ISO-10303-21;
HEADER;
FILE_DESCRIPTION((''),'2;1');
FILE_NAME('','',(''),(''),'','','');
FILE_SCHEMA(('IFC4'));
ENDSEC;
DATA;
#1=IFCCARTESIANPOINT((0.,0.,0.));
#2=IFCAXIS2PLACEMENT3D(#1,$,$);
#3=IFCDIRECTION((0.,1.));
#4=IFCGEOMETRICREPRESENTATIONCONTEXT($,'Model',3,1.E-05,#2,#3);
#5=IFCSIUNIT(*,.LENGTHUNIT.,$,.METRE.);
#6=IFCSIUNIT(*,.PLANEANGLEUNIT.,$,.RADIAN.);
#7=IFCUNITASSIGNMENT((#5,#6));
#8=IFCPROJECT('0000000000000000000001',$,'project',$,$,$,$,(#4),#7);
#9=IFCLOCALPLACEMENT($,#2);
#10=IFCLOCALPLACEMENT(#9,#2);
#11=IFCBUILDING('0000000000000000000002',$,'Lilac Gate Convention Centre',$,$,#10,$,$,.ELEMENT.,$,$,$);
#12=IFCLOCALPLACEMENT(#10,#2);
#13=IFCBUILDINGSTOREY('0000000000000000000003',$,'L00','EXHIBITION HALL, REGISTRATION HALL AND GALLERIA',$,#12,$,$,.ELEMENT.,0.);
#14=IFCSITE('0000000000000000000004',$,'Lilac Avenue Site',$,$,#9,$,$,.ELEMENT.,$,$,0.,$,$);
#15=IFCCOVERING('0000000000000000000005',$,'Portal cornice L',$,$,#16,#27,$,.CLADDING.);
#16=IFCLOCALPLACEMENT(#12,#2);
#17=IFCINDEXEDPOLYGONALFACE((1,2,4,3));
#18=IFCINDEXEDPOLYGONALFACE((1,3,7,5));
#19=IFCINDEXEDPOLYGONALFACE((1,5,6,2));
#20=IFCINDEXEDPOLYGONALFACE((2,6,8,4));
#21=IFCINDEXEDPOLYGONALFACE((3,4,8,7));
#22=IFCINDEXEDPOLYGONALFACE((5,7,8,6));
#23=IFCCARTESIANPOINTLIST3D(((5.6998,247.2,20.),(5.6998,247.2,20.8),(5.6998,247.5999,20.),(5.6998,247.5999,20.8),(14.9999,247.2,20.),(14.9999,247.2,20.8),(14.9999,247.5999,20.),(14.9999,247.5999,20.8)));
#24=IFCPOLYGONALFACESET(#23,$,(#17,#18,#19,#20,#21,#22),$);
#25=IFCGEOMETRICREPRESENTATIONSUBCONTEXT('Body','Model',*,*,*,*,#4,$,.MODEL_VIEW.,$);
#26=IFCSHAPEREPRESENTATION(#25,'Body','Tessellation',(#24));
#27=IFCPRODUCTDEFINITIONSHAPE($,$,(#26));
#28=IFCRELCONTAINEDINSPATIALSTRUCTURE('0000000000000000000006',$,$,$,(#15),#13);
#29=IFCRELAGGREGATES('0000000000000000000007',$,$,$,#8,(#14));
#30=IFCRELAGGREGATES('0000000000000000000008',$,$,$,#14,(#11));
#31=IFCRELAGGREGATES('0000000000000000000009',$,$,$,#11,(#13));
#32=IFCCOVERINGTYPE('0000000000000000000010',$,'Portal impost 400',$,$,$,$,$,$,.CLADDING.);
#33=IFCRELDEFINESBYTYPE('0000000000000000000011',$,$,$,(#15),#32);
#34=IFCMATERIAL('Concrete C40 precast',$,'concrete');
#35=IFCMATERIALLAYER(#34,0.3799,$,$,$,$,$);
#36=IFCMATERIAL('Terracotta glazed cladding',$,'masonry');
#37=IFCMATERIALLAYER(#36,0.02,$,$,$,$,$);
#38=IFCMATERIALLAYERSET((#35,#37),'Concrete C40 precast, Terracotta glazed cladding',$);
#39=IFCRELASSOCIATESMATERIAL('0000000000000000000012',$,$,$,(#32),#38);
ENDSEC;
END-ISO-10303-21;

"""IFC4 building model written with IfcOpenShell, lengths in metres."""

from ifc_helpers import new_model, si_unit, direction, frame, frame_2d, origin, place, context, subcontext, project, spatial, rectangle, extrude, material, layer, layer_set, type_object, element, save


model = new_model("IFC4")

# Units and contexts
model_context = context("Model", 3, precision=1e-05, world=origin(), true_north=direction((0.0, 1.0)))
body_context = subcontext(model_context, "Body", "Model", "MODEL_VIEW")
ifc_project = project(units=[si_unit("LENGTHUNIT", "METRE"), si_unit("PLANEANGLEUNIT", "RADIAN")], contexts=[model_context])

# Site, building, storey
site_placement = place(None, origin())
site = spatial("IfcSite", under=ifc_project, at=site_placement, Name="Lilac Avenue Site", CompositionType="ELEMENT", RefElevation=0.0)
building_placement = place(site_placement, origin())
building = spatial("IfcBuilding", under=site, at=building_placement, Name="Lilac Gate Convention Centre", CompositionType="ELEMENT")
storey_placement = place(building_placement, origin())
storey = spatial("IfcBuildingStorey", under=building, at=storey_placement, Name="L00", Description="EXHIBITION HALL, REGISTRATION HALL AND GALLERIA", CompositionType="ELEMENT", Elevation=0.0)

# Shared definitions
ifc_material_1 = material(Name="Concrete C40 precast", Category="concrete")

# Covering
ifc_layer_1 = layer(ifc_material_1, 0.3799)
ifc_material_2 = material(Name="Terracotta glazed cladding", Category="masonry")
ifc_layer_2 = layer(ifc_material_2, 0.02)
ifc_layer_set_1 = layer_set([ifc_layer_1, ifc_layer_2], Name="Concrete C40 precast, Terracotta glazed cladding")
covering_type_1 = type_object("IfcCoveringType", Name="Portal impost 400", PredefinedType="CLADDING", material=ifc_layer_set_1)
covering_1_placement = place(storey_placement, frame((5.7, 247.3999, 20.0), z_axis=(0.0, 0.0, 1.0), x_axis=(1.0, 0.0, 0.0)))
element("IfcCovering", 1, at=covering_1_placement, inside=storey, type_object=covering_type_1, Name="Portal cornice L", PredefinedType="CLADDING", context=body_context, shape_type="SweptSolid", body=[
    extrude(rectangle(XDim=9.3, YDim=0.3999, at=frame_2d((4.6499, 0.0))), origin(), (0.0, 0.0, 1.0), 0.8),
])

save(model, "model.ifc")
